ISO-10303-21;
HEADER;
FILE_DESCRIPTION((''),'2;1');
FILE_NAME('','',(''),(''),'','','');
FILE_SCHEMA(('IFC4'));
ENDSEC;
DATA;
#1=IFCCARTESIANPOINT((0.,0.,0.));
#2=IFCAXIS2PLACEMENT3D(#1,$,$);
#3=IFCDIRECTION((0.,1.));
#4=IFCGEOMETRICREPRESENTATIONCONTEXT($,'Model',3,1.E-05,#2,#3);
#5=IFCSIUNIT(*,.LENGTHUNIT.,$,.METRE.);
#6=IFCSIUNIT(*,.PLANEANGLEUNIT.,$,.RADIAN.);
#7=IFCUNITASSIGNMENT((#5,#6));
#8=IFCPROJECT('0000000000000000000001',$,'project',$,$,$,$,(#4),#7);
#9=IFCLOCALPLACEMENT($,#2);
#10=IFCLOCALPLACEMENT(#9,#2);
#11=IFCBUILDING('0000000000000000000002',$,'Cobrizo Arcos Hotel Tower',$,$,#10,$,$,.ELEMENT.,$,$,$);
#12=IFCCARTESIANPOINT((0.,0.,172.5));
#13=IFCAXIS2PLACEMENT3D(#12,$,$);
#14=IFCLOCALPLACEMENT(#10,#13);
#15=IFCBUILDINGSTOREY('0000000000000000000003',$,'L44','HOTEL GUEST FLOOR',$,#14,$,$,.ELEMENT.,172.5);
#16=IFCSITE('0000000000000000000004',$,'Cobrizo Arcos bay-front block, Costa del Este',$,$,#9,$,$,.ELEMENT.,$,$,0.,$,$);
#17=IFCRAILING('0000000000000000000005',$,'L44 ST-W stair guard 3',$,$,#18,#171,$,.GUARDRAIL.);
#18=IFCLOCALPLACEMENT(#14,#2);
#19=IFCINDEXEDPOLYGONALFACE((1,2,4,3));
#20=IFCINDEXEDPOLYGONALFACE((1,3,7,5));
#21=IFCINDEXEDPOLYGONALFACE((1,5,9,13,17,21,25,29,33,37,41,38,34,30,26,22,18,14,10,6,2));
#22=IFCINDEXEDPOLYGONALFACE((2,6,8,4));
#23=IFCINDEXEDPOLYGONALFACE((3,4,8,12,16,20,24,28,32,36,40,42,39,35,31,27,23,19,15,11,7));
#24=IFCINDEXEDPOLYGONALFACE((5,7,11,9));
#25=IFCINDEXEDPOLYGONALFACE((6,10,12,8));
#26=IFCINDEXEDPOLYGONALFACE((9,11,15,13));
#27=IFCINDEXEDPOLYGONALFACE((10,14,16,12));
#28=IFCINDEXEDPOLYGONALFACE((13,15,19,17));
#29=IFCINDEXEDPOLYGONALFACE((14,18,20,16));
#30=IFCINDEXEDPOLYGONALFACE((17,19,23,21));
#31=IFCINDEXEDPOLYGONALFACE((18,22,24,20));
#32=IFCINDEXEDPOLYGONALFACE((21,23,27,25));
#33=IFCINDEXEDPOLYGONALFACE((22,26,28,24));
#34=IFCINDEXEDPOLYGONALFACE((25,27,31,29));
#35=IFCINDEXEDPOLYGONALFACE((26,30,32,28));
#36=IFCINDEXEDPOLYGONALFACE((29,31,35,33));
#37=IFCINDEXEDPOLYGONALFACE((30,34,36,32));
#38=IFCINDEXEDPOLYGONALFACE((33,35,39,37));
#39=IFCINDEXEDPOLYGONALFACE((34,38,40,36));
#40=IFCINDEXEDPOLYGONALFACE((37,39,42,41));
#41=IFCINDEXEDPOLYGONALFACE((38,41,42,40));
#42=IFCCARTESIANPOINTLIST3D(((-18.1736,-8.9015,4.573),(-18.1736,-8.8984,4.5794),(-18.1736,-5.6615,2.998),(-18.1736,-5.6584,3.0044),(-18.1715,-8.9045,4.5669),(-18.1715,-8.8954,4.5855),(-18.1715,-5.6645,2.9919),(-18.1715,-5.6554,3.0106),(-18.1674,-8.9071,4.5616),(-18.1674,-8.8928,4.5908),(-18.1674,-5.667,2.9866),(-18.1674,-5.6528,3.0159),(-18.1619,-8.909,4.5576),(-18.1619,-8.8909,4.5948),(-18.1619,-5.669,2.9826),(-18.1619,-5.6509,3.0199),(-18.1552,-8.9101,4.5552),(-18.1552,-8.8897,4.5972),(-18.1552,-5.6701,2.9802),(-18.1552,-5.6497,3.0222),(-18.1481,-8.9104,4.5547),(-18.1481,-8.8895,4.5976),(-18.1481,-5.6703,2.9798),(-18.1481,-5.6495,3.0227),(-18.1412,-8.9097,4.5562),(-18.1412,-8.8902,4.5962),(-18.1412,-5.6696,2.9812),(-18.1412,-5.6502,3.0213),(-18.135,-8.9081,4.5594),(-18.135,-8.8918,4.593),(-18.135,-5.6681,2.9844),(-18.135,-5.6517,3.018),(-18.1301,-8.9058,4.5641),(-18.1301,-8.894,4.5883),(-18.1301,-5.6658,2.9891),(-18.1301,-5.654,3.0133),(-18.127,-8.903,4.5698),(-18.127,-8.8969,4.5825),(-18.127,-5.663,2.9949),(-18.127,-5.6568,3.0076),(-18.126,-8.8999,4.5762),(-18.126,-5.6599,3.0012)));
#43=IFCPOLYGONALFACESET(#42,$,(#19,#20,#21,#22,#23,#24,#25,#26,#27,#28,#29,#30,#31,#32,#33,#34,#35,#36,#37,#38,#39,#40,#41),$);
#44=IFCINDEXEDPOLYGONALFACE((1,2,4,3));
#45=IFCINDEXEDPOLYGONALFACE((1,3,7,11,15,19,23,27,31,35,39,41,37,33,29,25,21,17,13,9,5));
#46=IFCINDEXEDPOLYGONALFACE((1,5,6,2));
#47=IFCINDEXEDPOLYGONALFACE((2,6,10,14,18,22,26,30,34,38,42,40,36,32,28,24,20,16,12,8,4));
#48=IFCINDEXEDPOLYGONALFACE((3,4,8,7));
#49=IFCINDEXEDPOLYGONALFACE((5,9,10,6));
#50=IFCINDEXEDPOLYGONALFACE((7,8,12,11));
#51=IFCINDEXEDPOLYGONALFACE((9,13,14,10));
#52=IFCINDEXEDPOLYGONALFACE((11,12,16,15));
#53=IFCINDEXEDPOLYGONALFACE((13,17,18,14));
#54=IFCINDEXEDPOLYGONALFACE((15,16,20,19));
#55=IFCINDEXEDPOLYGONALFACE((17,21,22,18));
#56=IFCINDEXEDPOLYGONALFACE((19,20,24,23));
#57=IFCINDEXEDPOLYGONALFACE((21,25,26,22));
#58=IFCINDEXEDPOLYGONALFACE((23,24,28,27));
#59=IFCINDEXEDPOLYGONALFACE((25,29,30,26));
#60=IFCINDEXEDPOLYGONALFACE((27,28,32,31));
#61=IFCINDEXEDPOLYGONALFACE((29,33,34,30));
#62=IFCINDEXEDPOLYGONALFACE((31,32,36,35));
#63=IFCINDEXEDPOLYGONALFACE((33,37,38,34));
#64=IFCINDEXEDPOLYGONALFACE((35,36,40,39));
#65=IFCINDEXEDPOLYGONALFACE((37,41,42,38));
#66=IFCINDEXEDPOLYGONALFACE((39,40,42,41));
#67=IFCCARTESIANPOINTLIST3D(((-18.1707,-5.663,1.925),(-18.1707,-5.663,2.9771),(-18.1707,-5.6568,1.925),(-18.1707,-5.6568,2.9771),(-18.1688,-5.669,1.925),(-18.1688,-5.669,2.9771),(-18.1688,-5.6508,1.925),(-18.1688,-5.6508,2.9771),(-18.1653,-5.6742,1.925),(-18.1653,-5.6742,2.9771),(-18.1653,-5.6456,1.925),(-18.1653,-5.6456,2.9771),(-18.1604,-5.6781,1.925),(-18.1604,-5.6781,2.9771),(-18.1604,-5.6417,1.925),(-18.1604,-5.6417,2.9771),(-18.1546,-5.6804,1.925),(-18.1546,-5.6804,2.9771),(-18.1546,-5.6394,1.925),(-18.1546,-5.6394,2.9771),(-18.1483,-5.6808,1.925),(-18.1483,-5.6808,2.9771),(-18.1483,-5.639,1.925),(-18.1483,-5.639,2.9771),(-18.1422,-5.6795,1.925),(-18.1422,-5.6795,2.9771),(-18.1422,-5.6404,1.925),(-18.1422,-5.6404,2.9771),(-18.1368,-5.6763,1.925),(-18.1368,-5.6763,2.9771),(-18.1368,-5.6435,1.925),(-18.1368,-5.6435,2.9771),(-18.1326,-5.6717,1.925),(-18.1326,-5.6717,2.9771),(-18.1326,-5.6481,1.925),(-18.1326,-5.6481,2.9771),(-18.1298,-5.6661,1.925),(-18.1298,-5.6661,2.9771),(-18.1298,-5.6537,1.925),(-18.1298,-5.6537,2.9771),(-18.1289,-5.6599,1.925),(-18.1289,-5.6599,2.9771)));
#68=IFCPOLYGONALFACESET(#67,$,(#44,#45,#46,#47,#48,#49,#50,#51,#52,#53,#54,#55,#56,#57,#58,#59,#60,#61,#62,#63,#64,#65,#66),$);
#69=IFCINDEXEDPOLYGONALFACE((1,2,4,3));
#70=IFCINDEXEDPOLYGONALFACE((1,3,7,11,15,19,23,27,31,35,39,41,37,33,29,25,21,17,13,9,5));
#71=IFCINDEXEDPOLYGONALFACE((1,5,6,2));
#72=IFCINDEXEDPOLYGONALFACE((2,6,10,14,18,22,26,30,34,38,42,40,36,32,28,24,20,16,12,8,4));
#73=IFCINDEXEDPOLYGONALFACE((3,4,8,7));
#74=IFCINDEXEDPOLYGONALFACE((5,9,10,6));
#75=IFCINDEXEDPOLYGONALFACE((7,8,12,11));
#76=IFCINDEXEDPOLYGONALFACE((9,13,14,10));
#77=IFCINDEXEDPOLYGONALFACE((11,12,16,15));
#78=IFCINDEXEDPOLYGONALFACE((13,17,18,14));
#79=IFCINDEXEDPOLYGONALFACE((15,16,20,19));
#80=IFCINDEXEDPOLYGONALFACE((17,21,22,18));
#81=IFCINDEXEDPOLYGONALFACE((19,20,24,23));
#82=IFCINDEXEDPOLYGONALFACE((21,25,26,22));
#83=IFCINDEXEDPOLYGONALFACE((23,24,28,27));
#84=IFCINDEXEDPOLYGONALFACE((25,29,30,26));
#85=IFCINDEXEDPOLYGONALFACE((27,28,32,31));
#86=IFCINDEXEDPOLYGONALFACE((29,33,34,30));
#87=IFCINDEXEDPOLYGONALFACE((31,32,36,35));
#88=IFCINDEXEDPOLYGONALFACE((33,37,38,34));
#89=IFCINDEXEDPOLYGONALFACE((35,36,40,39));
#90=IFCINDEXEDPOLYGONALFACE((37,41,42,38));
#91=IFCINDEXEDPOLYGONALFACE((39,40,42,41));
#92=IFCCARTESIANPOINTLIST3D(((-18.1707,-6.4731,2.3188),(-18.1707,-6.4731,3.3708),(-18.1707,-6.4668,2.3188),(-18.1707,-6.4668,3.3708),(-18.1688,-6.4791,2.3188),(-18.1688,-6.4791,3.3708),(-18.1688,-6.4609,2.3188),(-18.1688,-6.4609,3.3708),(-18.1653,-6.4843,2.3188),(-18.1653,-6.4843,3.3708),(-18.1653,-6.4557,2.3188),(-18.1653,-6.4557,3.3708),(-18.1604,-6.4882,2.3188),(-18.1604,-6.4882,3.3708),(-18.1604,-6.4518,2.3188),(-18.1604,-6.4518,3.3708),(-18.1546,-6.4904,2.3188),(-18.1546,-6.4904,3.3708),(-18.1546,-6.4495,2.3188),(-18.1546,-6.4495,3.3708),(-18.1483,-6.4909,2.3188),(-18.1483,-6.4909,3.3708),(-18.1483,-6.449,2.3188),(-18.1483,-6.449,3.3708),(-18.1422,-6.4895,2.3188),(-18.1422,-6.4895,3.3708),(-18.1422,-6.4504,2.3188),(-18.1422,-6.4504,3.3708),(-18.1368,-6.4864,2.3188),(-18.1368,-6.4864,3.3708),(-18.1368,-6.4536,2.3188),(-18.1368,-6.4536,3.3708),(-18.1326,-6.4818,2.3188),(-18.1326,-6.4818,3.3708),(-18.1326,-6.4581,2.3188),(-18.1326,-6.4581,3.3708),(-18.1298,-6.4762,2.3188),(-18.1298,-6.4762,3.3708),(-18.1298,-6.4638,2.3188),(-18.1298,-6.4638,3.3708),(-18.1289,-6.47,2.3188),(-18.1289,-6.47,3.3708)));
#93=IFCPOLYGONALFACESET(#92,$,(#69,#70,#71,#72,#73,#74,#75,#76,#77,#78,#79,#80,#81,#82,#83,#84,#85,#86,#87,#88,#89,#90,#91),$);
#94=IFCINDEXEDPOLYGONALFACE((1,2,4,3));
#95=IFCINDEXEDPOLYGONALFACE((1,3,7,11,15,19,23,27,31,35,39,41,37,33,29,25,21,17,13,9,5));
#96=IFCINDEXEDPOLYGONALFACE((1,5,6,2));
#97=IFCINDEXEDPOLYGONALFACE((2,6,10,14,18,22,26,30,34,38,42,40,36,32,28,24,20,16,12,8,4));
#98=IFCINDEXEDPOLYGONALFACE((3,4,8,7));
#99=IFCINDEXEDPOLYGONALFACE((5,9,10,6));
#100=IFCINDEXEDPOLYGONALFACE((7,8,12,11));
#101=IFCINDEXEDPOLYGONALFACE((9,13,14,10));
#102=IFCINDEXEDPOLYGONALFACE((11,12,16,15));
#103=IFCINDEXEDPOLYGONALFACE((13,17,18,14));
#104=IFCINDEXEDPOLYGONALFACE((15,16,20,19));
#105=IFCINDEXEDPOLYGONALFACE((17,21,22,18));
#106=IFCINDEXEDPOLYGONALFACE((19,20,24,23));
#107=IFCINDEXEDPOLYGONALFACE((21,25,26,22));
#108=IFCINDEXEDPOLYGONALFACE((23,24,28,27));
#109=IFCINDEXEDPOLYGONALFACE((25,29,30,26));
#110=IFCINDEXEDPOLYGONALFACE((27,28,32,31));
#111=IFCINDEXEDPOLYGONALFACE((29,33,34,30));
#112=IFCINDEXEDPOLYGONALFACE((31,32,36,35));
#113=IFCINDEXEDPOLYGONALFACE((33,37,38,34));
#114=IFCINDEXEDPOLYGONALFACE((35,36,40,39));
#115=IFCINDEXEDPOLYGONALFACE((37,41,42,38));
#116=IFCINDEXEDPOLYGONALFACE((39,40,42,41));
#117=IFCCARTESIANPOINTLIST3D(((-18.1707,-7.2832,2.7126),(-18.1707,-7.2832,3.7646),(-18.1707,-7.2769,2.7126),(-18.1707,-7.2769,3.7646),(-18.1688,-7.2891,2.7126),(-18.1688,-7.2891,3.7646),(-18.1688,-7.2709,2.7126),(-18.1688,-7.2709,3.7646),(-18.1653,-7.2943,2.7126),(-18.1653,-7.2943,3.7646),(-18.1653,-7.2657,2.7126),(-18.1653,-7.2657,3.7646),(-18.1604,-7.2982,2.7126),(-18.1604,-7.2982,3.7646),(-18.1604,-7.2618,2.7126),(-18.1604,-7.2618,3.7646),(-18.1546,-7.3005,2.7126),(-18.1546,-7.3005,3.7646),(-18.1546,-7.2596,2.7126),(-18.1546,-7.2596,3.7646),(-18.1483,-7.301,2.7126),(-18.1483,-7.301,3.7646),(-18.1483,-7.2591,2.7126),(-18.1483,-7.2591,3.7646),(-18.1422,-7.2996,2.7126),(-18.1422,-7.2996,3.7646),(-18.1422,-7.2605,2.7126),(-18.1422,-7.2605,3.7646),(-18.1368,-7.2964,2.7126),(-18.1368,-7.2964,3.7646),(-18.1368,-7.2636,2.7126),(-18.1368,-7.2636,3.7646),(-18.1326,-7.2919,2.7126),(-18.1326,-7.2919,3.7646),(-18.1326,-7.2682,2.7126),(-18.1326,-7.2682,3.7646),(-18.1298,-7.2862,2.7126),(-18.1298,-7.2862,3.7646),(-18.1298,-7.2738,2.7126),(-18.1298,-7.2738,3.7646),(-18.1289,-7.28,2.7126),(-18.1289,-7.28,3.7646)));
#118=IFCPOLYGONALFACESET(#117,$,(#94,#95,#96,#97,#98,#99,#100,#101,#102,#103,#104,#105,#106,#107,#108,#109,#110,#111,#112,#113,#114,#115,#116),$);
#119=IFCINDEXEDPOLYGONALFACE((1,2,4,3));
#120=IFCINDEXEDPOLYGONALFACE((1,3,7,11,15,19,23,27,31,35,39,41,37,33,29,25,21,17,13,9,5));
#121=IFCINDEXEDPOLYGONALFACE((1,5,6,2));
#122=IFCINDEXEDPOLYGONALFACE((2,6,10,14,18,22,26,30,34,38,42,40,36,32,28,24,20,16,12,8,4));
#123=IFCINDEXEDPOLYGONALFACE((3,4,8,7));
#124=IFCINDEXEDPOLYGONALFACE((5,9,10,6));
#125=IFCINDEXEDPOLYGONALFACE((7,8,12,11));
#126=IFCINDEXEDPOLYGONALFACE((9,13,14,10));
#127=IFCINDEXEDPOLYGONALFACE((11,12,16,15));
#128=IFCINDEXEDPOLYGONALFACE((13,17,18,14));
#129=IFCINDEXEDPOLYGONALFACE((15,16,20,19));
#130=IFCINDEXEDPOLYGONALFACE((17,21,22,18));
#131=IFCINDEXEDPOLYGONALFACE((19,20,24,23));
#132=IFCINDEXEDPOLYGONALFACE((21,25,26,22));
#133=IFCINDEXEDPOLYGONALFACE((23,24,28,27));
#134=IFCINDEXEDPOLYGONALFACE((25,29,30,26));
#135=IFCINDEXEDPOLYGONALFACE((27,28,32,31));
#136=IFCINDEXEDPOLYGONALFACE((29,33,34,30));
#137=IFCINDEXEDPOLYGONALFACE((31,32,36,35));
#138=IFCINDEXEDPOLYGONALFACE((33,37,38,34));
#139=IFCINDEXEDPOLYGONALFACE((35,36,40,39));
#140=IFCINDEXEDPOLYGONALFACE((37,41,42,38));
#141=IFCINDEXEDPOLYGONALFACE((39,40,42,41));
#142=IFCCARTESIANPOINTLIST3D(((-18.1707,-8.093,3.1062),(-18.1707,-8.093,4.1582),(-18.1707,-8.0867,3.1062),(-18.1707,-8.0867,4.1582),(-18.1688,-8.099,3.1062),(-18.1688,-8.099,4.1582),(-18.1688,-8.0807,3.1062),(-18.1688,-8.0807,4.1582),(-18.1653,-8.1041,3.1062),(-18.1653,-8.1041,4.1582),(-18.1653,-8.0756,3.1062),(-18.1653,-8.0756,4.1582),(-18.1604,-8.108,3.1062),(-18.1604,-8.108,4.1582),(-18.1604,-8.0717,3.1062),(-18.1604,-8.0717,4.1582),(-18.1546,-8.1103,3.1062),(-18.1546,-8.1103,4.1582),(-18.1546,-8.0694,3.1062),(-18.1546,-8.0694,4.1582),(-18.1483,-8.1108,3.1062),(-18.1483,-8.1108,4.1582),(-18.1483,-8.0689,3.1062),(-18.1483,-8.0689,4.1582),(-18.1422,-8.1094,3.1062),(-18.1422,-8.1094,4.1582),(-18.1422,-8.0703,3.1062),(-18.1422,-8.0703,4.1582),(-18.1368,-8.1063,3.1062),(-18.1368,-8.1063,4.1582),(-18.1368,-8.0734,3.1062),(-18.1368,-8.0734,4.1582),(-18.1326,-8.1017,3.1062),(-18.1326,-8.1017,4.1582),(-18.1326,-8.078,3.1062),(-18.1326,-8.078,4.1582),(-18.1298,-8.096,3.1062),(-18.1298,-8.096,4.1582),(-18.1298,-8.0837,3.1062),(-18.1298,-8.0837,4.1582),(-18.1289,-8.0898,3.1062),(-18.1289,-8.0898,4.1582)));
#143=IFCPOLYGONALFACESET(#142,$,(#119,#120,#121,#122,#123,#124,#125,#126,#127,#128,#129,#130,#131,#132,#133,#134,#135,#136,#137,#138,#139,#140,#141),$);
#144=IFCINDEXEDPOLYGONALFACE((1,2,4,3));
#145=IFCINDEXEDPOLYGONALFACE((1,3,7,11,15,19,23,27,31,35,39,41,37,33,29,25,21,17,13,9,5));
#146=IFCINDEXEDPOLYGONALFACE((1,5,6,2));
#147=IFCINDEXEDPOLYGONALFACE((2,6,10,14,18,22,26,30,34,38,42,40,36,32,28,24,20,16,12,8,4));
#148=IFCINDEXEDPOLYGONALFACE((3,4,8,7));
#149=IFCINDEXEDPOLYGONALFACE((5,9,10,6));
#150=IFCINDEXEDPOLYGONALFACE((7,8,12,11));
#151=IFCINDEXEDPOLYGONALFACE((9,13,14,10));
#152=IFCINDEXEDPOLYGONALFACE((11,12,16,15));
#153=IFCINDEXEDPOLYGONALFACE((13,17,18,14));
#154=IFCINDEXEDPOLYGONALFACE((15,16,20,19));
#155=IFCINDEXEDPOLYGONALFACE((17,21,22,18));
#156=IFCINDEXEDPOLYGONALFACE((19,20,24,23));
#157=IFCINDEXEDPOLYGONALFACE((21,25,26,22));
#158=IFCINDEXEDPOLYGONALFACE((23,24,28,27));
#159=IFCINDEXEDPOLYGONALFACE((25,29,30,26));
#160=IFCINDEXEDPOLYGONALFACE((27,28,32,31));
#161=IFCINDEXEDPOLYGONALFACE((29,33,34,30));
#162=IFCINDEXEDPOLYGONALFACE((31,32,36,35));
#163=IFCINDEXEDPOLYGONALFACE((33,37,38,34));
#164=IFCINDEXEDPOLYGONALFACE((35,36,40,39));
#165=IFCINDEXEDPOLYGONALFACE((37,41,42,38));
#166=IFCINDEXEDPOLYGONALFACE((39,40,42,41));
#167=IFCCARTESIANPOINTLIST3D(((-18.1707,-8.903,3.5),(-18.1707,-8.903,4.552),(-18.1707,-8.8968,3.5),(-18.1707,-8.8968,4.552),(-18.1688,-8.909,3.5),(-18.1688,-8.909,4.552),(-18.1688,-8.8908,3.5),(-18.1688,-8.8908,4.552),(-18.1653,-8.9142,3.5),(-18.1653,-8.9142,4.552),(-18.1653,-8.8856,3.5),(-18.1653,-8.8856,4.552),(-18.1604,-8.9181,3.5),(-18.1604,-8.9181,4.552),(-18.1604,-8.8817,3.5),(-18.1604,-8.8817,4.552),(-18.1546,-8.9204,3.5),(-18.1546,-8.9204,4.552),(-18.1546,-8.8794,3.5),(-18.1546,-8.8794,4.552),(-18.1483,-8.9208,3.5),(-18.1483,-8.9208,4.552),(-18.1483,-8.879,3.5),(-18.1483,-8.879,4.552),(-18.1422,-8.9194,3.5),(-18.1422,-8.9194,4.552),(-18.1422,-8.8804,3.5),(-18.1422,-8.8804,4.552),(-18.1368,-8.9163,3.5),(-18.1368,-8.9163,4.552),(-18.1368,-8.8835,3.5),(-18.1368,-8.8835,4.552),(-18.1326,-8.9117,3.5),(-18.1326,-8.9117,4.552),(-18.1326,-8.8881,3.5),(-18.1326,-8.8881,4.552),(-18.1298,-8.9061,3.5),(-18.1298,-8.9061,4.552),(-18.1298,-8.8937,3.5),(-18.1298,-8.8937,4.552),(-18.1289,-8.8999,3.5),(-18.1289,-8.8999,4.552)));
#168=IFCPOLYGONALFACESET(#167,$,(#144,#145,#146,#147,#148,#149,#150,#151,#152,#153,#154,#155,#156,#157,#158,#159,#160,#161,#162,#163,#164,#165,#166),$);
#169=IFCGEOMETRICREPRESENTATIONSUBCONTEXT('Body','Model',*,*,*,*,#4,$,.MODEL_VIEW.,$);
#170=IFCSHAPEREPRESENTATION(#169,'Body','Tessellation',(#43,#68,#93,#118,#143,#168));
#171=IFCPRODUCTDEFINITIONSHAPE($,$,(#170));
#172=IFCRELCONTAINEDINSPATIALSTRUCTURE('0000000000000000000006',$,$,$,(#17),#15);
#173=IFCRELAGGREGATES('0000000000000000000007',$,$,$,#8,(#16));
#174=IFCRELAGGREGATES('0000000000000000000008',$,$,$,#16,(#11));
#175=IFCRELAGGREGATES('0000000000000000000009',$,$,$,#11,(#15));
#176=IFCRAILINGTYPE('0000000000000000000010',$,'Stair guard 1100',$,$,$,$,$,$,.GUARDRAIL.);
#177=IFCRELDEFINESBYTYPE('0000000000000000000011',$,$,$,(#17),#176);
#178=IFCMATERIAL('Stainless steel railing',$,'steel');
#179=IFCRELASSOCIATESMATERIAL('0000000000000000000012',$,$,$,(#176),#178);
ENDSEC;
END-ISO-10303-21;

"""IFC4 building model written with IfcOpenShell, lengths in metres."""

from ifc_helpers import new_model, si_unit, direction, frame, origin, origin_2d, place, context, subcontext, project, spatial, circle, extrude, material, type_object, element, save


model = new_model("IFC4")

# Units and contexts
model_context = context("Model", 3, precision=1e-05, world=origin(), true_north=direction((0.0, 1.0)))
body_context = subcontext(model_context, "Body", "Model", "MODEL_VIEW")
ifc_project = project(units=[si_unit("LENGTHUNIT", "METRE"), si_unit("PLANEANGLEUNIT", "RADIAN")], contexts=[model_context])

# Site, building, storey
site_placement = place(None, origin())
site = spatial("IfcSite", under=ifc_project, at=site_placement, Name="Cobrizo Arcos bay-front block, Costa del Este", CompositionType="ELEMENT", RefElevation=0.0)
building_placement = place(site_placement, origin())
building = spatial("IfcBuilding", under=site, at=building_placement, Name="Cobrizo Arcos Hotel Tower", CompositionType="ELEMENT")
storey_placement = place(building_placement, frame((0.0, 0.0, 172.5)))
storey = spatial("IfcBuildingStorey", under=building, at=storey_placement, Name="L44", Description="HOTEL GUEST FLOOR", CompositionType="ELEMENT", Elevation=172.5)

# Railing
ifc_material_1 = material(Name="Stainless steel railing", Category="steel")
railing_type_1 = type_object("IfcRailingType", Name="Stair guard 1100", PredefinedType="GUARDRAIL", material=ifc_material_1)
railing_1_placement = place(storey_placement, frame((-18.1499, -5.6599, 1.925)))
element("IfcRailing", 1, at=railing_1_placement, inside=storey, type_object=railing_type_1, Name="L44 ST-W stair guard 3", PredefinedType="GUARDRAIL", context=body_context, shape_type="SweptSolid", body=[
    extrude(circle(Radius=0.0239, at=origin_2d()), frame((0.0, 0.0, 1.0762), z_axis=(0.0, -0.899373, 0.437183), x_axis=(1.0, 0.0, 0.0)), (0.0, 0.0, 1.0), 3.6025),
    extrude(circle(Radius=0.021, at=origin_2d()), origin(), (0.0, 0.0, 1.0), 1.052),
    extrude(circle(Radius=0.021, at=origin_2d()), frame((0.0, -0.8101, 0.3938)), (0.0, 0.0, 1.0), 1.052),
    extrude(circle(Radius=0.021, at=origin_2d()), frame((0.0, -1.6201, 0.7876)), (0.0, 0.0, 1.0), 1.052),
    extrude(circle(Radius=0.021, at=origin_2d()), frame((0.0, -2.4299, 1.1812)), (0.0, 0.0, 1.0), 1.052),
    extrude(circle(Radius=0.021, at=origin_2d()), frame((0.0, -3.24, 1.575)), (0.0, 0.0, 1.0), 1.052),
])

save(model, "model.ifc")
